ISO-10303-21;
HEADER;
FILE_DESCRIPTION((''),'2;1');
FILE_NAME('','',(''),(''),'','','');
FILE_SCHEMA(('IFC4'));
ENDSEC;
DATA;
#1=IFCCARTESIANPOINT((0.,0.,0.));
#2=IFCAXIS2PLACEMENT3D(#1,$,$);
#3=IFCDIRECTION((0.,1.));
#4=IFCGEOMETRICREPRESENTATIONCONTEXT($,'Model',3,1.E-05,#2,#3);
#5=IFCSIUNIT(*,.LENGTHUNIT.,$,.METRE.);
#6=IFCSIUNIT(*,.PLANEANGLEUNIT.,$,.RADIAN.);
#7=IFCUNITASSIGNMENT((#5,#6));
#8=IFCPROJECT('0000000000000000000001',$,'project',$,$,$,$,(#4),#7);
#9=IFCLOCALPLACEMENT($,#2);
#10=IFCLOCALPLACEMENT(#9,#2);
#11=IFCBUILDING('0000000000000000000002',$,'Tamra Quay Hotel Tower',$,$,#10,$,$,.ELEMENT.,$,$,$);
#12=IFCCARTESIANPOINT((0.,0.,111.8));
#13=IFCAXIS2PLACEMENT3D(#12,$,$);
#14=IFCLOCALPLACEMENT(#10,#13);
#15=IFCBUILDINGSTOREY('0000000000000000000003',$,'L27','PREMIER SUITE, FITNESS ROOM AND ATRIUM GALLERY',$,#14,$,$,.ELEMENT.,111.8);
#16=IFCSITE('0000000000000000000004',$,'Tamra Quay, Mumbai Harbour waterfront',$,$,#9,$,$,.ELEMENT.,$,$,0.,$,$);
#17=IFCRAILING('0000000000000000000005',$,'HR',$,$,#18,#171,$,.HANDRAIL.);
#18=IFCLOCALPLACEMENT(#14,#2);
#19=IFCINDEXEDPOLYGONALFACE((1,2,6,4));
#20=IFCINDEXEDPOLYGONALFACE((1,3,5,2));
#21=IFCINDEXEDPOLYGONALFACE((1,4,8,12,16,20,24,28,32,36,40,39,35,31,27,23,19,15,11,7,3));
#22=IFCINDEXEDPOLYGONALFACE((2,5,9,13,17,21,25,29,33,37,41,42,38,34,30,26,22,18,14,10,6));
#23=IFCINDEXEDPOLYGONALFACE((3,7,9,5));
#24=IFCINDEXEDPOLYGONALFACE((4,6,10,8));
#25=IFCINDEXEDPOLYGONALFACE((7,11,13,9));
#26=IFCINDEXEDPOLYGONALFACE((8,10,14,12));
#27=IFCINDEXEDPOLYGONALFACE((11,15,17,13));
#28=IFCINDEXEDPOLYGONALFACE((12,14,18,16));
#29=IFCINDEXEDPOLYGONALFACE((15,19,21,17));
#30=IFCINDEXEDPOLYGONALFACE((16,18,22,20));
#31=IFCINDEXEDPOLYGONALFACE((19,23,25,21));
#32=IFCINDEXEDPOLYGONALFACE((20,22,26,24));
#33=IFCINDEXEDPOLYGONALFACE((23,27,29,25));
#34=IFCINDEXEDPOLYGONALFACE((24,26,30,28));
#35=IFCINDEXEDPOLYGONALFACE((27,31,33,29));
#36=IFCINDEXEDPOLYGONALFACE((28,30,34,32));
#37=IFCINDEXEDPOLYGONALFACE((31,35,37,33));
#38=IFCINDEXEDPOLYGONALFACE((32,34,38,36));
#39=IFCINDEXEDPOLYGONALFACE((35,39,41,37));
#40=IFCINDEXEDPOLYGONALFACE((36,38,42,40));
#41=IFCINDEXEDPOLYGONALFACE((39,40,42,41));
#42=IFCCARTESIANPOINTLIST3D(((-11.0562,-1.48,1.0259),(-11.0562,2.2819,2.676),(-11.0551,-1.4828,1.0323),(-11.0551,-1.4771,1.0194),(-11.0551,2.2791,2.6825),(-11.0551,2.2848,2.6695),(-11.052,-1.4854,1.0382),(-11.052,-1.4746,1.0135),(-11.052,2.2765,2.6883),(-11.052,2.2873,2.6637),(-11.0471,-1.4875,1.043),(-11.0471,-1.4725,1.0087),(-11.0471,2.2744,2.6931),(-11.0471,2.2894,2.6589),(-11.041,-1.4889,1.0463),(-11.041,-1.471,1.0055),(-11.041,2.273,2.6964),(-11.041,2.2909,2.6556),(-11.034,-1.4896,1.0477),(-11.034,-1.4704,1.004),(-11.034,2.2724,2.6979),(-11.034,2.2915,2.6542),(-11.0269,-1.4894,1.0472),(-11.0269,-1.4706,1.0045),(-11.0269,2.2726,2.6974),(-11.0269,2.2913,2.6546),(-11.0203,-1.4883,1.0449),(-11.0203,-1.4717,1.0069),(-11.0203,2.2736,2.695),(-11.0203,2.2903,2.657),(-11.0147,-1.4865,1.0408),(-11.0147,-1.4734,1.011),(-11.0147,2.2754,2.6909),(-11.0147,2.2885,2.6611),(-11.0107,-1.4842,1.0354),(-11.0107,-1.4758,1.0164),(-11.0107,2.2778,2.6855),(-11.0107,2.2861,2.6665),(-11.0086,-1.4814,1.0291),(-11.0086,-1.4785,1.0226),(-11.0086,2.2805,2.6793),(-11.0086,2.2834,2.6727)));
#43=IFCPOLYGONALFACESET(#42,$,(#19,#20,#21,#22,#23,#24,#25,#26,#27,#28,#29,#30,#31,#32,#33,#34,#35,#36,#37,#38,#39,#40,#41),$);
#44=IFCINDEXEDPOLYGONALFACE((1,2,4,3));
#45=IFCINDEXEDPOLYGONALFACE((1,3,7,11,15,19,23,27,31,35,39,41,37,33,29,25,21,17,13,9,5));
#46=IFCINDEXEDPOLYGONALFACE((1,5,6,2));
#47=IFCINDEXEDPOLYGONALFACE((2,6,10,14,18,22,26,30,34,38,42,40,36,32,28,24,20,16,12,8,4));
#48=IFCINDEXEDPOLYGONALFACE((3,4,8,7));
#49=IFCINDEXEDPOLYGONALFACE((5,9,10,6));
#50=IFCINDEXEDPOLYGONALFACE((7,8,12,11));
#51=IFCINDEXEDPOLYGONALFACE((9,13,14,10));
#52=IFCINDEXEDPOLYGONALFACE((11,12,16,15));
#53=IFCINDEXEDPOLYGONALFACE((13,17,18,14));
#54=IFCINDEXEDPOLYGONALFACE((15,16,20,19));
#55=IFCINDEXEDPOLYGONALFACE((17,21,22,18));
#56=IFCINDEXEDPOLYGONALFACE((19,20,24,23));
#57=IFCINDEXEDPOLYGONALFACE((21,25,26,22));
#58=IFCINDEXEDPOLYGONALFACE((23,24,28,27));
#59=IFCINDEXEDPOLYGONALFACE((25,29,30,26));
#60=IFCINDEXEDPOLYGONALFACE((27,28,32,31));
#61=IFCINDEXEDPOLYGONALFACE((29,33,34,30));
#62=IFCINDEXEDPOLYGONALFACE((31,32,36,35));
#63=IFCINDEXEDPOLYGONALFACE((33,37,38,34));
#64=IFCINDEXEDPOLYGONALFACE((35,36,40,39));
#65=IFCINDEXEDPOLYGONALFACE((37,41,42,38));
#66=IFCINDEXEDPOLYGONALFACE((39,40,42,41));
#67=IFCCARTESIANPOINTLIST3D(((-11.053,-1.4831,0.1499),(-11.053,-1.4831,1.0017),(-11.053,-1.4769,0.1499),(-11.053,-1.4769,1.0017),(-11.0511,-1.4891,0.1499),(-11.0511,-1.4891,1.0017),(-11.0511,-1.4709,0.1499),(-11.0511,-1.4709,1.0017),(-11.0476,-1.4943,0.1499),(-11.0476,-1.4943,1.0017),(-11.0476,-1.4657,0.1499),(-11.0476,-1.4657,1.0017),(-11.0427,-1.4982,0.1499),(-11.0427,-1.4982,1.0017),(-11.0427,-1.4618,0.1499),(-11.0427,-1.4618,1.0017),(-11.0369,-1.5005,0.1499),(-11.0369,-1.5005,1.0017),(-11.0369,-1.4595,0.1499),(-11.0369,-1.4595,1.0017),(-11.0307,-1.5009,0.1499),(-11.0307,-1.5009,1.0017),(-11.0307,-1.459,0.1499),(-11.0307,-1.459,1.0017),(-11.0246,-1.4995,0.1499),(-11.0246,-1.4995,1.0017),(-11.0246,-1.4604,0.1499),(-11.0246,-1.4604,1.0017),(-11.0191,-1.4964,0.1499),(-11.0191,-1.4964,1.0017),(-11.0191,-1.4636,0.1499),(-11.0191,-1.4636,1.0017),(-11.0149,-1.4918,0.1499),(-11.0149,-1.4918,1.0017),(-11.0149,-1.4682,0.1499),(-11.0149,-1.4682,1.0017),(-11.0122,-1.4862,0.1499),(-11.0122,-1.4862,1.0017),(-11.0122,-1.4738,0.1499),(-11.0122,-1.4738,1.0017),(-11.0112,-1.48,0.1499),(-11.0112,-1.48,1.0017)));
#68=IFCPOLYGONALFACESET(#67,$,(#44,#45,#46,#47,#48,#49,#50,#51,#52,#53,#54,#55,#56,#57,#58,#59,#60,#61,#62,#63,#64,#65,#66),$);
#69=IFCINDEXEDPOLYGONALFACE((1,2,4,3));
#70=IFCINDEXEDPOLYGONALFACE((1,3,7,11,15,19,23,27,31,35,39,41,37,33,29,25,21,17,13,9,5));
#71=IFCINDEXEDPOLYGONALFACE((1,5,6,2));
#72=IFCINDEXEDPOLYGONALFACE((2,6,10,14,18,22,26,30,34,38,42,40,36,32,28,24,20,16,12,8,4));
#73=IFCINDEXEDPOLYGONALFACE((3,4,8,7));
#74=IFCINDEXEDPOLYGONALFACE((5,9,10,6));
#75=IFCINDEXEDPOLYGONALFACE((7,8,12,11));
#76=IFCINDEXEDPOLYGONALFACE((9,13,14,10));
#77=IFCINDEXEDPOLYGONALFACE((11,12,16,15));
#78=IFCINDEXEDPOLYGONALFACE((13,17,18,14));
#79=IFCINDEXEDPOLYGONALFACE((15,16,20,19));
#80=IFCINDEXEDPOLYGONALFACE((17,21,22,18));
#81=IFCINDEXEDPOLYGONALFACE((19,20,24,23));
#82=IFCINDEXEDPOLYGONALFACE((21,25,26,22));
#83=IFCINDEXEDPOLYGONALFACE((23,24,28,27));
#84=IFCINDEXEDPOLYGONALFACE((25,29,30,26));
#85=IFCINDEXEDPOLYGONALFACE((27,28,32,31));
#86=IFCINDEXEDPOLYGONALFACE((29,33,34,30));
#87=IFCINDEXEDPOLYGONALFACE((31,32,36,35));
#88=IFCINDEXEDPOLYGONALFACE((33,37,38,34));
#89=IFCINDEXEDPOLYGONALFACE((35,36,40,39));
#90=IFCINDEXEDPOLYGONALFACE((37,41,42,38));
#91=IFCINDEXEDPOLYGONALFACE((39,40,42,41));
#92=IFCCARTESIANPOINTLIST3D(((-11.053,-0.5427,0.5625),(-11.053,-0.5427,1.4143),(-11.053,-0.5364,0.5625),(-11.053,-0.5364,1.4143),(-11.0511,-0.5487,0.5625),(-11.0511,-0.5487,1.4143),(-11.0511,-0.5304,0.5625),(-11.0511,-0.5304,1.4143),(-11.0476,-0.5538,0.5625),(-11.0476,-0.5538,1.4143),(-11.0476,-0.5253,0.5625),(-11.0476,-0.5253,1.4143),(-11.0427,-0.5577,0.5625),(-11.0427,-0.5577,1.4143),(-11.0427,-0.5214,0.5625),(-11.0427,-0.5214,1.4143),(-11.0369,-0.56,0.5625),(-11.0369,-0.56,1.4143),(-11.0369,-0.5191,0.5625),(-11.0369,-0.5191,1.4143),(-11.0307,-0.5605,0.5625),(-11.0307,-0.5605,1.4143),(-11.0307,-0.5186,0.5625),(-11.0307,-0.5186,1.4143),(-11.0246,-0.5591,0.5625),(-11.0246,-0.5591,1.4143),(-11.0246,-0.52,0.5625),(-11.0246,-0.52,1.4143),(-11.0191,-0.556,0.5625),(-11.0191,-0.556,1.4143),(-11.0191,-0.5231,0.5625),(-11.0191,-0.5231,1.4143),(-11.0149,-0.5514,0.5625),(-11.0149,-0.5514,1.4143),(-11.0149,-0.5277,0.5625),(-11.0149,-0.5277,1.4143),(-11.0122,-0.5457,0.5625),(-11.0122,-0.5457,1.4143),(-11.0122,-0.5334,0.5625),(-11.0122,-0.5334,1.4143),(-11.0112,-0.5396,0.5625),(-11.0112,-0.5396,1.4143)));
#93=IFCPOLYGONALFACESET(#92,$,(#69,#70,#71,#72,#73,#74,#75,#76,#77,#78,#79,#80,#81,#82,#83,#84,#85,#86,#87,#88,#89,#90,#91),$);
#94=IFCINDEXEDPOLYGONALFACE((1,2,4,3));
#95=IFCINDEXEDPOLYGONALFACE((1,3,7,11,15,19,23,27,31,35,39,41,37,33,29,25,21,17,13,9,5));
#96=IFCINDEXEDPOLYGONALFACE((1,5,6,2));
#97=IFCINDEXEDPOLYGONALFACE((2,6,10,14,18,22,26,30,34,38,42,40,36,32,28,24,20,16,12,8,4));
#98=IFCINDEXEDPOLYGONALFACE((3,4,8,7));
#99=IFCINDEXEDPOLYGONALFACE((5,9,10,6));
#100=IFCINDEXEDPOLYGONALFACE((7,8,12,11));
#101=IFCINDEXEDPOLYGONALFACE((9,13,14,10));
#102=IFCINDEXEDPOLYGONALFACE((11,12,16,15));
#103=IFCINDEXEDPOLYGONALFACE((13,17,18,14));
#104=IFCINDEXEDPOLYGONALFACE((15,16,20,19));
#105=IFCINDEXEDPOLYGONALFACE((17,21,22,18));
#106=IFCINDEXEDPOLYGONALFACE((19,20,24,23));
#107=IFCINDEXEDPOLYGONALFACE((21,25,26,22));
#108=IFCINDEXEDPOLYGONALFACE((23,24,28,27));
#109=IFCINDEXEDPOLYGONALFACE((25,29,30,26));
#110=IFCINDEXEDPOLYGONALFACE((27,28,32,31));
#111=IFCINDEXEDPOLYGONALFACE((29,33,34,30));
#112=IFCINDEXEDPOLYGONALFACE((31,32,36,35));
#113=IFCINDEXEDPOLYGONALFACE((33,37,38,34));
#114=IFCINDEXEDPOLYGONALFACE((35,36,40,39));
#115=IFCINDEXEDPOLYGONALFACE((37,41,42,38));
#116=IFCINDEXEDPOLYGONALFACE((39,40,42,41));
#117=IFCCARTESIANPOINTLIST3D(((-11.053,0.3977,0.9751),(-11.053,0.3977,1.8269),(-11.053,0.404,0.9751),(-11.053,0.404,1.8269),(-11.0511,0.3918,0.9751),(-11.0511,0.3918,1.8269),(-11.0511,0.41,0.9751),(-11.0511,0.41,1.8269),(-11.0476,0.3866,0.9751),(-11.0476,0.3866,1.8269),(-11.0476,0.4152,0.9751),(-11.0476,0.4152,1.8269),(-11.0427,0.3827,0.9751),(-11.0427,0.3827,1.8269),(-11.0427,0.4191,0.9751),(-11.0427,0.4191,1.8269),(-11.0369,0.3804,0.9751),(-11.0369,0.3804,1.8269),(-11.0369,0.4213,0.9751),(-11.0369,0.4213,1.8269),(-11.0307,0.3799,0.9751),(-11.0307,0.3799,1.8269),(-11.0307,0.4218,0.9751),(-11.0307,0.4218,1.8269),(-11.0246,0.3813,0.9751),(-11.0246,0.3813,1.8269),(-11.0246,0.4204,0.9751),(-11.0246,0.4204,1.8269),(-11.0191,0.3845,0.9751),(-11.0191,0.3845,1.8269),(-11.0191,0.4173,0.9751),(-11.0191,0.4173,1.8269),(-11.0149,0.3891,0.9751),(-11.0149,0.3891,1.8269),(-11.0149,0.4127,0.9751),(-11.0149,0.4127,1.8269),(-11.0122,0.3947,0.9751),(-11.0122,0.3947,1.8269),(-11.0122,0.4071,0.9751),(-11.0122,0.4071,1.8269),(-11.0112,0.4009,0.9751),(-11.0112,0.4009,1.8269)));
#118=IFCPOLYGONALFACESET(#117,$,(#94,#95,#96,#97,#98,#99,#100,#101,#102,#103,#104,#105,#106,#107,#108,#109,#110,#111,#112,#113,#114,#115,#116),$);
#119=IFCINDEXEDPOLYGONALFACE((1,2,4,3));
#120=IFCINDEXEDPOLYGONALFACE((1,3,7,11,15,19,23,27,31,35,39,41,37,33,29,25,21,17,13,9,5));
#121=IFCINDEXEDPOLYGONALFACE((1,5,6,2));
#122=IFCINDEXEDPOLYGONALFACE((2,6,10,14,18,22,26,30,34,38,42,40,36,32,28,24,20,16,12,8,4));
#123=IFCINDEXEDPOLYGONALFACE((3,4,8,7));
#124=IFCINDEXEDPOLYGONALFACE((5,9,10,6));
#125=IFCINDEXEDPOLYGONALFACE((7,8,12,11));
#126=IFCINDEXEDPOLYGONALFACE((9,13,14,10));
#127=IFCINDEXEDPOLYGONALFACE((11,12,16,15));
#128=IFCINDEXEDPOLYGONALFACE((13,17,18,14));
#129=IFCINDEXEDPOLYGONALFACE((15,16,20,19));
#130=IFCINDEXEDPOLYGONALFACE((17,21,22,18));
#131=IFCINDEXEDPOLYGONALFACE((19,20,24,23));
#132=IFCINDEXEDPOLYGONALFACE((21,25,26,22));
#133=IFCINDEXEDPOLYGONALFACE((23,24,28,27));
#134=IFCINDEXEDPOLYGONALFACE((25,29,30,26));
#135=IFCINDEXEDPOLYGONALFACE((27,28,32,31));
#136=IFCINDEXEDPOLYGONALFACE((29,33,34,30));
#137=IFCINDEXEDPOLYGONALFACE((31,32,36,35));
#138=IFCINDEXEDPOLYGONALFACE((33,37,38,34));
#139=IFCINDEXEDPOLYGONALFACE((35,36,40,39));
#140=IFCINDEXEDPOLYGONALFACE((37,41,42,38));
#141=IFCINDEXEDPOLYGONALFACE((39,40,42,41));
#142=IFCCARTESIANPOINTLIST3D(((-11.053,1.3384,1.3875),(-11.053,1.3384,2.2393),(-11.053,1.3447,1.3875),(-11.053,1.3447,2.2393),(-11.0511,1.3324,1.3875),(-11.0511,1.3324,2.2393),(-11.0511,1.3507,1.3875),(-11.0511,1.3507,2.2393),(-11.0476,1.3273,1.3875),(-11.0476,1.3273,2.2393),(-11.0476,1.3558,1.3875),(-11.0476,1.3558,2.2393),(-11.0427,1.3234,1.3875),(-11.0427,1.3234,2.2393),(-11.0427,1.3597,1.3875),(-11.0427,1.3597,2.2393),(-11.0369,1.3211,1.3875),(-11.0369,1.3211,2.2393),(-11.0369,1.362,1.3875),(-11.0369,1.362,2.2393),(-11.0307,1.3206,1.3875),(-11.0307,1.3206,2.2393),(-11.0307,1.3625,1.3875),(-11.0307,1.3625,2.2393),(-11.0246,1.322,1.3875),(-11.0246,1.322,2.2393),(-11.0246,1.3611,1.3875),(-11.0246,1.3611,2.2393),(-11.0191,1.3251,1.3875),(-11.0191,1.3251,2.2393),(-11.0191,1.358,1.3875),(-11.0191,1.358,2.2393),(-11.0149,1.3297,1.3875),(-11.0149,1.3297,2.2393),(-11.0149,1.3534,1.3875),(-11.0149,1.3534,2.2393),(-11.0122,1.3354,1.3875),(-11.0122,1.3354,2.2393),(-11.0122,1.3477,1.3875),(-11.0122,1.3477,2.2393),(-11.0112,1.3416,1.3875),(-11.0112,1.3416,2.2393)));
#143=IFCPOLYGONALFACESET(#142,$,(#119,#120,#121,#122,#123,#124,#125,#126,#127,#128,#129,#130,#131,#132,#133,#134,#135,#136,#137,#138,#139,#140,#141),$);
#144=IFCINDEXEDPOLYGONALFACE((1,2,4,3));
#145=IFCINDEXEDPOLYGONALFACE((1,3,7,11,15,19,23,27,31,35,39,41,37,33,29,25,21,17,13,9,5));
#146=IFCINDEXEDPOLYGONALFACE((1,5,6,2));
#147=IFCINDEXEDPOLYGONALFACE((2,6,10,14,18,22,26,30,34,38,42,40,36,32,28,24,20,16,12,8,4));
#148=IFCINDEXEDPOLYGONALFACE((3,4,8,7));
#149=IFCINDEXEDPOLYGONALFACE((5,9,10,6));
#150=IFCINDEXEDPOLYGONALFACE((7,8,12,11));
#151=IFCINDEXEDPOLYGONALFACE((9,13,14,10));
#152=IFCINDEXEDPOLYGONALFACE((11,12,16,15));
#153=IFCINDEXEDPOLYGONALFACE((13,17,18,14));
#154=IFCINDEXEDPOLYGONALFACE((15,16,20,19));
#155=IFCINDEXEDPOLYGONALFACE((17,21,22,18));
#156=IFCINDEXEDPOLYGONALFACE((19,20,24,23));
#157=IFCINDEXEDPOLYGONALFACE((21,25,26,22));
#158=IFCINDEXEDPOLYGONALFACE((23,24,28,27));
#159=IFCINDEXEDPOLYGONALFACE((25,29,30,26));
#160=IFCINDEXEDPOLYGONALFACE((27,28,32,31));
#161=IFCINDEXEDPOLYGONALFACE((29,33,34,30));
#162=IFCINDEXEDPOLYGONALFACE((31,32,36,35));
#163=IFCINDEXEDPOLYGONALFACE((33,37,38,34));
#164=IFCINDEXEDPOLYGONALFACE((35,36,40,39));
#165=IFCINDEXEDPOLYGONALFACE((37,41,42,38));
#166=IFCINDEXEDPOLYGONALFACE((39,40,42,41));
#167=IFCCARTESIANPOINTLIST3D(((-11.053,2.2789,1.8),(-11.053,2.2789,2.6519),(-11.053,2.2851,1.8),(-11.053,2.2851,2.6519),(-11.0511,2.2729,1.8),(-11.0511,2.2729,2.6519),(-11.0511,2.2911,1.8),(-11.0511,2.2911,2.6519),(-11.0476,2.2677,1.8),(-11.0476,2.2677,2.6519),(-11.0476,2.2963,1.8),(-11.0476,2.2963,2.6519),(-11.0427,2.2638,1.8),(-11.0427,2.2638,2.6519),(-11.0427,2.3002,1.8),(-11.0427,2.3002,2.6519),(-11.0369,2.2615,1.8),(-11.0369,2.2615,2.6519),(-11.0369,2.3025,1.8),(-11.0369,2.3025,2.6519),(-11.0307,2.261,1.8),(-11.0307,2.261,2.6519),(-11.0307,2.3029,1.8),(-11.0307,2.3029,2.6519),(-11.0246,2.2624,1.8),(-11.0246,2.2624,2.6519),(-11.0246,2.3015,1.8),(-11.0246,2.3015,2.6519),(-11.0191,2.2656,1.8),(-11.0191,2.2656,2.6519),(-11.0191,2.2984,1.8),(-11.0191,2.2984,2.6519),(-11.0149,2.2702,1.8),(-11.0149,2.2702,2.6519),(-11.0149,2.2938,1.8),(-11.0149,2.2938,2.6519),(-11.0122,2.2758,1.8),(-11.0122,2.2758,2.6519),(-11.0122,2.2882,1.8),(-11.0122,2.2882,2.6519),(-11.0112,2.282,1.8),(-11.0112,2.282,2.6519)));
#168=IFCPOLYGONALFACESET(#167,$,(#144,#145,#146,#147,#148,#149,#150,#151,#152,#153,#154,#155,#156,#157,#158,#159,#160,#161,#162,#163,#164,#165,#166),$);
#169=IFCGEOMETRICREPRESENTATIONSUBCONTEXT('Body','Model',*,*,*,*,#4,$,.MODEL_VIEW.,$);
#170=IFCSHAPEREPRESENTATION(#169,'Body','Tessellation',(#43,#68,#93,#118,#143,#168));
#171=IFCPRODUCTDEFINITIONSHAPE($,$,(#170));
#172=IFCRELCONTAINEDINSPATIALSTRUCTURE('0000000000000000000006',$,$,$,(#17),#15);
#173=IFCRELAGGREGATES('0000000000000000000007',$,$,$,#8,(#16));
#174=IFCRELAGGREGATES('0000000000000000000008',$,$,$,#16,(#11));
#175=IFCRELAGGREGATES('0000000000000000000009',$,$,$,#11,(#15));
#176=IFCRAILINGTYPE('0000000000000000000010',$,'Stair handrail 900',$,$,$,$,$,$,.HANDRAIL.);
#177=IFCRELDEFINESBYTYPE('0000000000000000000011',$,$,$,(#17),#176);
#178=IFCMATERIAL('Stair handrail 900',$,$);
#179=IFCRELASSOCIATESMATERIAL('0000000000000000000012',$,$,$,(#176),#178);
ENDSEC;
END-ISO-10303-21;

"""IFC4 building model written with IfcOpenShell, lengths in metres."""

from ifc_helpers import new_model, si_unit, direction, frame, origin, origin_2d, place, context, subcontext, project, spatial, circle, extrude, material, type_object, element, save


model = new_model("IFC4")

# Units and contexts
model_context = context("Model", 3, precision=1e-05, world=origin(), true_north=direction((0.0, 1.0)))
body_context = subcontext(model_context, "Body", "Model", "MODEL_VIEW")
ifc_project = project(units=[si_unit("LENGTHUNIT", "METRE"), si_unit("PLANEANGLEUNIT", "RADIAN")], contexts=[model_context])

# Site, building, storey
site_placement = place(None, origin())
site = spatial("IfcSite", under=ifc_project, at=site_placement, Name="Tamra Quay, Mumbai Harbour waterfront", CompositionType="ELEMENT", RefElevation=0.0)
building_placement = place(site_placement, origin())
building = spatial("IfcBuilding", under=site, at=building_placement, Name="Tamra Quay Hotel Tower", CompositionType="ELEMENT")
storey_placement = place(building_placement, frame((0.0, 0.0, 111.8)))
storey = spatial("IfcBuildingStorey", under=building, at=storey_placement, Name="L27", Description="PREMIER SUITE, FITNESS ROOM AND ATRIUM GALLERY", CompositionType="ELEMENT", Elevation=111.8)

# Railing
ifc_material_1 = material(Name="Stair handrail 900")
railing_type = type_object("IfcRailingType", Name="Stair handrail 900", PredefinedType="HANDRAIL", material=ifc_material_1)
railing_placement = place(storey_placement, frame((-11.0322, -1.48, 0.1499)))
element("IfcRailing", 1, at=railing_placement, inside=storey, type_object=railing_type, Name="HR", PredefinedType="HANDRAIL", context=body_context, shape_type="SweptSolid", body=[
    extrude(circle(Radius=0.0239, at=origin_2d()), frame((0.0, 0.0, 0.876), z_axis=(0.0, 0.915774, 0.401695), x_axis=(-1.0, 0.0, 0.0)), (0.0, 0.0, 1.0), 4.1079),
    extrude(circle(Radius=0.021, at=origin_2d()), origin(), (0.0, 0.0, 1.0), 0.8518),
    extrude(circle(Radius=0.021, at=origin_2d()), frame((0.0, 0.9404, 0.4126)), (0.0, 0.0, 1.0), 0.8518),
    extrude(circle(Radius=0.021, at=origin_2d()), frame((0.0, 1.8809, 0.8252)), (0.0, 0.0, 1.0), 0.8518),
    extrude(circle(Radius=0.021, at=origin_2d()), frame((0.0, 2.8215, 1.2375)), (0.0, 0.0, 1.0), 0.8518),
    extrude(circle(Radius=0.021, at=origin_2d()), frame((0.0, 3.762, 1.6501)), (0.0, 0.0, 1.0), 0.8518),
])

save(model, "model.ifc")
